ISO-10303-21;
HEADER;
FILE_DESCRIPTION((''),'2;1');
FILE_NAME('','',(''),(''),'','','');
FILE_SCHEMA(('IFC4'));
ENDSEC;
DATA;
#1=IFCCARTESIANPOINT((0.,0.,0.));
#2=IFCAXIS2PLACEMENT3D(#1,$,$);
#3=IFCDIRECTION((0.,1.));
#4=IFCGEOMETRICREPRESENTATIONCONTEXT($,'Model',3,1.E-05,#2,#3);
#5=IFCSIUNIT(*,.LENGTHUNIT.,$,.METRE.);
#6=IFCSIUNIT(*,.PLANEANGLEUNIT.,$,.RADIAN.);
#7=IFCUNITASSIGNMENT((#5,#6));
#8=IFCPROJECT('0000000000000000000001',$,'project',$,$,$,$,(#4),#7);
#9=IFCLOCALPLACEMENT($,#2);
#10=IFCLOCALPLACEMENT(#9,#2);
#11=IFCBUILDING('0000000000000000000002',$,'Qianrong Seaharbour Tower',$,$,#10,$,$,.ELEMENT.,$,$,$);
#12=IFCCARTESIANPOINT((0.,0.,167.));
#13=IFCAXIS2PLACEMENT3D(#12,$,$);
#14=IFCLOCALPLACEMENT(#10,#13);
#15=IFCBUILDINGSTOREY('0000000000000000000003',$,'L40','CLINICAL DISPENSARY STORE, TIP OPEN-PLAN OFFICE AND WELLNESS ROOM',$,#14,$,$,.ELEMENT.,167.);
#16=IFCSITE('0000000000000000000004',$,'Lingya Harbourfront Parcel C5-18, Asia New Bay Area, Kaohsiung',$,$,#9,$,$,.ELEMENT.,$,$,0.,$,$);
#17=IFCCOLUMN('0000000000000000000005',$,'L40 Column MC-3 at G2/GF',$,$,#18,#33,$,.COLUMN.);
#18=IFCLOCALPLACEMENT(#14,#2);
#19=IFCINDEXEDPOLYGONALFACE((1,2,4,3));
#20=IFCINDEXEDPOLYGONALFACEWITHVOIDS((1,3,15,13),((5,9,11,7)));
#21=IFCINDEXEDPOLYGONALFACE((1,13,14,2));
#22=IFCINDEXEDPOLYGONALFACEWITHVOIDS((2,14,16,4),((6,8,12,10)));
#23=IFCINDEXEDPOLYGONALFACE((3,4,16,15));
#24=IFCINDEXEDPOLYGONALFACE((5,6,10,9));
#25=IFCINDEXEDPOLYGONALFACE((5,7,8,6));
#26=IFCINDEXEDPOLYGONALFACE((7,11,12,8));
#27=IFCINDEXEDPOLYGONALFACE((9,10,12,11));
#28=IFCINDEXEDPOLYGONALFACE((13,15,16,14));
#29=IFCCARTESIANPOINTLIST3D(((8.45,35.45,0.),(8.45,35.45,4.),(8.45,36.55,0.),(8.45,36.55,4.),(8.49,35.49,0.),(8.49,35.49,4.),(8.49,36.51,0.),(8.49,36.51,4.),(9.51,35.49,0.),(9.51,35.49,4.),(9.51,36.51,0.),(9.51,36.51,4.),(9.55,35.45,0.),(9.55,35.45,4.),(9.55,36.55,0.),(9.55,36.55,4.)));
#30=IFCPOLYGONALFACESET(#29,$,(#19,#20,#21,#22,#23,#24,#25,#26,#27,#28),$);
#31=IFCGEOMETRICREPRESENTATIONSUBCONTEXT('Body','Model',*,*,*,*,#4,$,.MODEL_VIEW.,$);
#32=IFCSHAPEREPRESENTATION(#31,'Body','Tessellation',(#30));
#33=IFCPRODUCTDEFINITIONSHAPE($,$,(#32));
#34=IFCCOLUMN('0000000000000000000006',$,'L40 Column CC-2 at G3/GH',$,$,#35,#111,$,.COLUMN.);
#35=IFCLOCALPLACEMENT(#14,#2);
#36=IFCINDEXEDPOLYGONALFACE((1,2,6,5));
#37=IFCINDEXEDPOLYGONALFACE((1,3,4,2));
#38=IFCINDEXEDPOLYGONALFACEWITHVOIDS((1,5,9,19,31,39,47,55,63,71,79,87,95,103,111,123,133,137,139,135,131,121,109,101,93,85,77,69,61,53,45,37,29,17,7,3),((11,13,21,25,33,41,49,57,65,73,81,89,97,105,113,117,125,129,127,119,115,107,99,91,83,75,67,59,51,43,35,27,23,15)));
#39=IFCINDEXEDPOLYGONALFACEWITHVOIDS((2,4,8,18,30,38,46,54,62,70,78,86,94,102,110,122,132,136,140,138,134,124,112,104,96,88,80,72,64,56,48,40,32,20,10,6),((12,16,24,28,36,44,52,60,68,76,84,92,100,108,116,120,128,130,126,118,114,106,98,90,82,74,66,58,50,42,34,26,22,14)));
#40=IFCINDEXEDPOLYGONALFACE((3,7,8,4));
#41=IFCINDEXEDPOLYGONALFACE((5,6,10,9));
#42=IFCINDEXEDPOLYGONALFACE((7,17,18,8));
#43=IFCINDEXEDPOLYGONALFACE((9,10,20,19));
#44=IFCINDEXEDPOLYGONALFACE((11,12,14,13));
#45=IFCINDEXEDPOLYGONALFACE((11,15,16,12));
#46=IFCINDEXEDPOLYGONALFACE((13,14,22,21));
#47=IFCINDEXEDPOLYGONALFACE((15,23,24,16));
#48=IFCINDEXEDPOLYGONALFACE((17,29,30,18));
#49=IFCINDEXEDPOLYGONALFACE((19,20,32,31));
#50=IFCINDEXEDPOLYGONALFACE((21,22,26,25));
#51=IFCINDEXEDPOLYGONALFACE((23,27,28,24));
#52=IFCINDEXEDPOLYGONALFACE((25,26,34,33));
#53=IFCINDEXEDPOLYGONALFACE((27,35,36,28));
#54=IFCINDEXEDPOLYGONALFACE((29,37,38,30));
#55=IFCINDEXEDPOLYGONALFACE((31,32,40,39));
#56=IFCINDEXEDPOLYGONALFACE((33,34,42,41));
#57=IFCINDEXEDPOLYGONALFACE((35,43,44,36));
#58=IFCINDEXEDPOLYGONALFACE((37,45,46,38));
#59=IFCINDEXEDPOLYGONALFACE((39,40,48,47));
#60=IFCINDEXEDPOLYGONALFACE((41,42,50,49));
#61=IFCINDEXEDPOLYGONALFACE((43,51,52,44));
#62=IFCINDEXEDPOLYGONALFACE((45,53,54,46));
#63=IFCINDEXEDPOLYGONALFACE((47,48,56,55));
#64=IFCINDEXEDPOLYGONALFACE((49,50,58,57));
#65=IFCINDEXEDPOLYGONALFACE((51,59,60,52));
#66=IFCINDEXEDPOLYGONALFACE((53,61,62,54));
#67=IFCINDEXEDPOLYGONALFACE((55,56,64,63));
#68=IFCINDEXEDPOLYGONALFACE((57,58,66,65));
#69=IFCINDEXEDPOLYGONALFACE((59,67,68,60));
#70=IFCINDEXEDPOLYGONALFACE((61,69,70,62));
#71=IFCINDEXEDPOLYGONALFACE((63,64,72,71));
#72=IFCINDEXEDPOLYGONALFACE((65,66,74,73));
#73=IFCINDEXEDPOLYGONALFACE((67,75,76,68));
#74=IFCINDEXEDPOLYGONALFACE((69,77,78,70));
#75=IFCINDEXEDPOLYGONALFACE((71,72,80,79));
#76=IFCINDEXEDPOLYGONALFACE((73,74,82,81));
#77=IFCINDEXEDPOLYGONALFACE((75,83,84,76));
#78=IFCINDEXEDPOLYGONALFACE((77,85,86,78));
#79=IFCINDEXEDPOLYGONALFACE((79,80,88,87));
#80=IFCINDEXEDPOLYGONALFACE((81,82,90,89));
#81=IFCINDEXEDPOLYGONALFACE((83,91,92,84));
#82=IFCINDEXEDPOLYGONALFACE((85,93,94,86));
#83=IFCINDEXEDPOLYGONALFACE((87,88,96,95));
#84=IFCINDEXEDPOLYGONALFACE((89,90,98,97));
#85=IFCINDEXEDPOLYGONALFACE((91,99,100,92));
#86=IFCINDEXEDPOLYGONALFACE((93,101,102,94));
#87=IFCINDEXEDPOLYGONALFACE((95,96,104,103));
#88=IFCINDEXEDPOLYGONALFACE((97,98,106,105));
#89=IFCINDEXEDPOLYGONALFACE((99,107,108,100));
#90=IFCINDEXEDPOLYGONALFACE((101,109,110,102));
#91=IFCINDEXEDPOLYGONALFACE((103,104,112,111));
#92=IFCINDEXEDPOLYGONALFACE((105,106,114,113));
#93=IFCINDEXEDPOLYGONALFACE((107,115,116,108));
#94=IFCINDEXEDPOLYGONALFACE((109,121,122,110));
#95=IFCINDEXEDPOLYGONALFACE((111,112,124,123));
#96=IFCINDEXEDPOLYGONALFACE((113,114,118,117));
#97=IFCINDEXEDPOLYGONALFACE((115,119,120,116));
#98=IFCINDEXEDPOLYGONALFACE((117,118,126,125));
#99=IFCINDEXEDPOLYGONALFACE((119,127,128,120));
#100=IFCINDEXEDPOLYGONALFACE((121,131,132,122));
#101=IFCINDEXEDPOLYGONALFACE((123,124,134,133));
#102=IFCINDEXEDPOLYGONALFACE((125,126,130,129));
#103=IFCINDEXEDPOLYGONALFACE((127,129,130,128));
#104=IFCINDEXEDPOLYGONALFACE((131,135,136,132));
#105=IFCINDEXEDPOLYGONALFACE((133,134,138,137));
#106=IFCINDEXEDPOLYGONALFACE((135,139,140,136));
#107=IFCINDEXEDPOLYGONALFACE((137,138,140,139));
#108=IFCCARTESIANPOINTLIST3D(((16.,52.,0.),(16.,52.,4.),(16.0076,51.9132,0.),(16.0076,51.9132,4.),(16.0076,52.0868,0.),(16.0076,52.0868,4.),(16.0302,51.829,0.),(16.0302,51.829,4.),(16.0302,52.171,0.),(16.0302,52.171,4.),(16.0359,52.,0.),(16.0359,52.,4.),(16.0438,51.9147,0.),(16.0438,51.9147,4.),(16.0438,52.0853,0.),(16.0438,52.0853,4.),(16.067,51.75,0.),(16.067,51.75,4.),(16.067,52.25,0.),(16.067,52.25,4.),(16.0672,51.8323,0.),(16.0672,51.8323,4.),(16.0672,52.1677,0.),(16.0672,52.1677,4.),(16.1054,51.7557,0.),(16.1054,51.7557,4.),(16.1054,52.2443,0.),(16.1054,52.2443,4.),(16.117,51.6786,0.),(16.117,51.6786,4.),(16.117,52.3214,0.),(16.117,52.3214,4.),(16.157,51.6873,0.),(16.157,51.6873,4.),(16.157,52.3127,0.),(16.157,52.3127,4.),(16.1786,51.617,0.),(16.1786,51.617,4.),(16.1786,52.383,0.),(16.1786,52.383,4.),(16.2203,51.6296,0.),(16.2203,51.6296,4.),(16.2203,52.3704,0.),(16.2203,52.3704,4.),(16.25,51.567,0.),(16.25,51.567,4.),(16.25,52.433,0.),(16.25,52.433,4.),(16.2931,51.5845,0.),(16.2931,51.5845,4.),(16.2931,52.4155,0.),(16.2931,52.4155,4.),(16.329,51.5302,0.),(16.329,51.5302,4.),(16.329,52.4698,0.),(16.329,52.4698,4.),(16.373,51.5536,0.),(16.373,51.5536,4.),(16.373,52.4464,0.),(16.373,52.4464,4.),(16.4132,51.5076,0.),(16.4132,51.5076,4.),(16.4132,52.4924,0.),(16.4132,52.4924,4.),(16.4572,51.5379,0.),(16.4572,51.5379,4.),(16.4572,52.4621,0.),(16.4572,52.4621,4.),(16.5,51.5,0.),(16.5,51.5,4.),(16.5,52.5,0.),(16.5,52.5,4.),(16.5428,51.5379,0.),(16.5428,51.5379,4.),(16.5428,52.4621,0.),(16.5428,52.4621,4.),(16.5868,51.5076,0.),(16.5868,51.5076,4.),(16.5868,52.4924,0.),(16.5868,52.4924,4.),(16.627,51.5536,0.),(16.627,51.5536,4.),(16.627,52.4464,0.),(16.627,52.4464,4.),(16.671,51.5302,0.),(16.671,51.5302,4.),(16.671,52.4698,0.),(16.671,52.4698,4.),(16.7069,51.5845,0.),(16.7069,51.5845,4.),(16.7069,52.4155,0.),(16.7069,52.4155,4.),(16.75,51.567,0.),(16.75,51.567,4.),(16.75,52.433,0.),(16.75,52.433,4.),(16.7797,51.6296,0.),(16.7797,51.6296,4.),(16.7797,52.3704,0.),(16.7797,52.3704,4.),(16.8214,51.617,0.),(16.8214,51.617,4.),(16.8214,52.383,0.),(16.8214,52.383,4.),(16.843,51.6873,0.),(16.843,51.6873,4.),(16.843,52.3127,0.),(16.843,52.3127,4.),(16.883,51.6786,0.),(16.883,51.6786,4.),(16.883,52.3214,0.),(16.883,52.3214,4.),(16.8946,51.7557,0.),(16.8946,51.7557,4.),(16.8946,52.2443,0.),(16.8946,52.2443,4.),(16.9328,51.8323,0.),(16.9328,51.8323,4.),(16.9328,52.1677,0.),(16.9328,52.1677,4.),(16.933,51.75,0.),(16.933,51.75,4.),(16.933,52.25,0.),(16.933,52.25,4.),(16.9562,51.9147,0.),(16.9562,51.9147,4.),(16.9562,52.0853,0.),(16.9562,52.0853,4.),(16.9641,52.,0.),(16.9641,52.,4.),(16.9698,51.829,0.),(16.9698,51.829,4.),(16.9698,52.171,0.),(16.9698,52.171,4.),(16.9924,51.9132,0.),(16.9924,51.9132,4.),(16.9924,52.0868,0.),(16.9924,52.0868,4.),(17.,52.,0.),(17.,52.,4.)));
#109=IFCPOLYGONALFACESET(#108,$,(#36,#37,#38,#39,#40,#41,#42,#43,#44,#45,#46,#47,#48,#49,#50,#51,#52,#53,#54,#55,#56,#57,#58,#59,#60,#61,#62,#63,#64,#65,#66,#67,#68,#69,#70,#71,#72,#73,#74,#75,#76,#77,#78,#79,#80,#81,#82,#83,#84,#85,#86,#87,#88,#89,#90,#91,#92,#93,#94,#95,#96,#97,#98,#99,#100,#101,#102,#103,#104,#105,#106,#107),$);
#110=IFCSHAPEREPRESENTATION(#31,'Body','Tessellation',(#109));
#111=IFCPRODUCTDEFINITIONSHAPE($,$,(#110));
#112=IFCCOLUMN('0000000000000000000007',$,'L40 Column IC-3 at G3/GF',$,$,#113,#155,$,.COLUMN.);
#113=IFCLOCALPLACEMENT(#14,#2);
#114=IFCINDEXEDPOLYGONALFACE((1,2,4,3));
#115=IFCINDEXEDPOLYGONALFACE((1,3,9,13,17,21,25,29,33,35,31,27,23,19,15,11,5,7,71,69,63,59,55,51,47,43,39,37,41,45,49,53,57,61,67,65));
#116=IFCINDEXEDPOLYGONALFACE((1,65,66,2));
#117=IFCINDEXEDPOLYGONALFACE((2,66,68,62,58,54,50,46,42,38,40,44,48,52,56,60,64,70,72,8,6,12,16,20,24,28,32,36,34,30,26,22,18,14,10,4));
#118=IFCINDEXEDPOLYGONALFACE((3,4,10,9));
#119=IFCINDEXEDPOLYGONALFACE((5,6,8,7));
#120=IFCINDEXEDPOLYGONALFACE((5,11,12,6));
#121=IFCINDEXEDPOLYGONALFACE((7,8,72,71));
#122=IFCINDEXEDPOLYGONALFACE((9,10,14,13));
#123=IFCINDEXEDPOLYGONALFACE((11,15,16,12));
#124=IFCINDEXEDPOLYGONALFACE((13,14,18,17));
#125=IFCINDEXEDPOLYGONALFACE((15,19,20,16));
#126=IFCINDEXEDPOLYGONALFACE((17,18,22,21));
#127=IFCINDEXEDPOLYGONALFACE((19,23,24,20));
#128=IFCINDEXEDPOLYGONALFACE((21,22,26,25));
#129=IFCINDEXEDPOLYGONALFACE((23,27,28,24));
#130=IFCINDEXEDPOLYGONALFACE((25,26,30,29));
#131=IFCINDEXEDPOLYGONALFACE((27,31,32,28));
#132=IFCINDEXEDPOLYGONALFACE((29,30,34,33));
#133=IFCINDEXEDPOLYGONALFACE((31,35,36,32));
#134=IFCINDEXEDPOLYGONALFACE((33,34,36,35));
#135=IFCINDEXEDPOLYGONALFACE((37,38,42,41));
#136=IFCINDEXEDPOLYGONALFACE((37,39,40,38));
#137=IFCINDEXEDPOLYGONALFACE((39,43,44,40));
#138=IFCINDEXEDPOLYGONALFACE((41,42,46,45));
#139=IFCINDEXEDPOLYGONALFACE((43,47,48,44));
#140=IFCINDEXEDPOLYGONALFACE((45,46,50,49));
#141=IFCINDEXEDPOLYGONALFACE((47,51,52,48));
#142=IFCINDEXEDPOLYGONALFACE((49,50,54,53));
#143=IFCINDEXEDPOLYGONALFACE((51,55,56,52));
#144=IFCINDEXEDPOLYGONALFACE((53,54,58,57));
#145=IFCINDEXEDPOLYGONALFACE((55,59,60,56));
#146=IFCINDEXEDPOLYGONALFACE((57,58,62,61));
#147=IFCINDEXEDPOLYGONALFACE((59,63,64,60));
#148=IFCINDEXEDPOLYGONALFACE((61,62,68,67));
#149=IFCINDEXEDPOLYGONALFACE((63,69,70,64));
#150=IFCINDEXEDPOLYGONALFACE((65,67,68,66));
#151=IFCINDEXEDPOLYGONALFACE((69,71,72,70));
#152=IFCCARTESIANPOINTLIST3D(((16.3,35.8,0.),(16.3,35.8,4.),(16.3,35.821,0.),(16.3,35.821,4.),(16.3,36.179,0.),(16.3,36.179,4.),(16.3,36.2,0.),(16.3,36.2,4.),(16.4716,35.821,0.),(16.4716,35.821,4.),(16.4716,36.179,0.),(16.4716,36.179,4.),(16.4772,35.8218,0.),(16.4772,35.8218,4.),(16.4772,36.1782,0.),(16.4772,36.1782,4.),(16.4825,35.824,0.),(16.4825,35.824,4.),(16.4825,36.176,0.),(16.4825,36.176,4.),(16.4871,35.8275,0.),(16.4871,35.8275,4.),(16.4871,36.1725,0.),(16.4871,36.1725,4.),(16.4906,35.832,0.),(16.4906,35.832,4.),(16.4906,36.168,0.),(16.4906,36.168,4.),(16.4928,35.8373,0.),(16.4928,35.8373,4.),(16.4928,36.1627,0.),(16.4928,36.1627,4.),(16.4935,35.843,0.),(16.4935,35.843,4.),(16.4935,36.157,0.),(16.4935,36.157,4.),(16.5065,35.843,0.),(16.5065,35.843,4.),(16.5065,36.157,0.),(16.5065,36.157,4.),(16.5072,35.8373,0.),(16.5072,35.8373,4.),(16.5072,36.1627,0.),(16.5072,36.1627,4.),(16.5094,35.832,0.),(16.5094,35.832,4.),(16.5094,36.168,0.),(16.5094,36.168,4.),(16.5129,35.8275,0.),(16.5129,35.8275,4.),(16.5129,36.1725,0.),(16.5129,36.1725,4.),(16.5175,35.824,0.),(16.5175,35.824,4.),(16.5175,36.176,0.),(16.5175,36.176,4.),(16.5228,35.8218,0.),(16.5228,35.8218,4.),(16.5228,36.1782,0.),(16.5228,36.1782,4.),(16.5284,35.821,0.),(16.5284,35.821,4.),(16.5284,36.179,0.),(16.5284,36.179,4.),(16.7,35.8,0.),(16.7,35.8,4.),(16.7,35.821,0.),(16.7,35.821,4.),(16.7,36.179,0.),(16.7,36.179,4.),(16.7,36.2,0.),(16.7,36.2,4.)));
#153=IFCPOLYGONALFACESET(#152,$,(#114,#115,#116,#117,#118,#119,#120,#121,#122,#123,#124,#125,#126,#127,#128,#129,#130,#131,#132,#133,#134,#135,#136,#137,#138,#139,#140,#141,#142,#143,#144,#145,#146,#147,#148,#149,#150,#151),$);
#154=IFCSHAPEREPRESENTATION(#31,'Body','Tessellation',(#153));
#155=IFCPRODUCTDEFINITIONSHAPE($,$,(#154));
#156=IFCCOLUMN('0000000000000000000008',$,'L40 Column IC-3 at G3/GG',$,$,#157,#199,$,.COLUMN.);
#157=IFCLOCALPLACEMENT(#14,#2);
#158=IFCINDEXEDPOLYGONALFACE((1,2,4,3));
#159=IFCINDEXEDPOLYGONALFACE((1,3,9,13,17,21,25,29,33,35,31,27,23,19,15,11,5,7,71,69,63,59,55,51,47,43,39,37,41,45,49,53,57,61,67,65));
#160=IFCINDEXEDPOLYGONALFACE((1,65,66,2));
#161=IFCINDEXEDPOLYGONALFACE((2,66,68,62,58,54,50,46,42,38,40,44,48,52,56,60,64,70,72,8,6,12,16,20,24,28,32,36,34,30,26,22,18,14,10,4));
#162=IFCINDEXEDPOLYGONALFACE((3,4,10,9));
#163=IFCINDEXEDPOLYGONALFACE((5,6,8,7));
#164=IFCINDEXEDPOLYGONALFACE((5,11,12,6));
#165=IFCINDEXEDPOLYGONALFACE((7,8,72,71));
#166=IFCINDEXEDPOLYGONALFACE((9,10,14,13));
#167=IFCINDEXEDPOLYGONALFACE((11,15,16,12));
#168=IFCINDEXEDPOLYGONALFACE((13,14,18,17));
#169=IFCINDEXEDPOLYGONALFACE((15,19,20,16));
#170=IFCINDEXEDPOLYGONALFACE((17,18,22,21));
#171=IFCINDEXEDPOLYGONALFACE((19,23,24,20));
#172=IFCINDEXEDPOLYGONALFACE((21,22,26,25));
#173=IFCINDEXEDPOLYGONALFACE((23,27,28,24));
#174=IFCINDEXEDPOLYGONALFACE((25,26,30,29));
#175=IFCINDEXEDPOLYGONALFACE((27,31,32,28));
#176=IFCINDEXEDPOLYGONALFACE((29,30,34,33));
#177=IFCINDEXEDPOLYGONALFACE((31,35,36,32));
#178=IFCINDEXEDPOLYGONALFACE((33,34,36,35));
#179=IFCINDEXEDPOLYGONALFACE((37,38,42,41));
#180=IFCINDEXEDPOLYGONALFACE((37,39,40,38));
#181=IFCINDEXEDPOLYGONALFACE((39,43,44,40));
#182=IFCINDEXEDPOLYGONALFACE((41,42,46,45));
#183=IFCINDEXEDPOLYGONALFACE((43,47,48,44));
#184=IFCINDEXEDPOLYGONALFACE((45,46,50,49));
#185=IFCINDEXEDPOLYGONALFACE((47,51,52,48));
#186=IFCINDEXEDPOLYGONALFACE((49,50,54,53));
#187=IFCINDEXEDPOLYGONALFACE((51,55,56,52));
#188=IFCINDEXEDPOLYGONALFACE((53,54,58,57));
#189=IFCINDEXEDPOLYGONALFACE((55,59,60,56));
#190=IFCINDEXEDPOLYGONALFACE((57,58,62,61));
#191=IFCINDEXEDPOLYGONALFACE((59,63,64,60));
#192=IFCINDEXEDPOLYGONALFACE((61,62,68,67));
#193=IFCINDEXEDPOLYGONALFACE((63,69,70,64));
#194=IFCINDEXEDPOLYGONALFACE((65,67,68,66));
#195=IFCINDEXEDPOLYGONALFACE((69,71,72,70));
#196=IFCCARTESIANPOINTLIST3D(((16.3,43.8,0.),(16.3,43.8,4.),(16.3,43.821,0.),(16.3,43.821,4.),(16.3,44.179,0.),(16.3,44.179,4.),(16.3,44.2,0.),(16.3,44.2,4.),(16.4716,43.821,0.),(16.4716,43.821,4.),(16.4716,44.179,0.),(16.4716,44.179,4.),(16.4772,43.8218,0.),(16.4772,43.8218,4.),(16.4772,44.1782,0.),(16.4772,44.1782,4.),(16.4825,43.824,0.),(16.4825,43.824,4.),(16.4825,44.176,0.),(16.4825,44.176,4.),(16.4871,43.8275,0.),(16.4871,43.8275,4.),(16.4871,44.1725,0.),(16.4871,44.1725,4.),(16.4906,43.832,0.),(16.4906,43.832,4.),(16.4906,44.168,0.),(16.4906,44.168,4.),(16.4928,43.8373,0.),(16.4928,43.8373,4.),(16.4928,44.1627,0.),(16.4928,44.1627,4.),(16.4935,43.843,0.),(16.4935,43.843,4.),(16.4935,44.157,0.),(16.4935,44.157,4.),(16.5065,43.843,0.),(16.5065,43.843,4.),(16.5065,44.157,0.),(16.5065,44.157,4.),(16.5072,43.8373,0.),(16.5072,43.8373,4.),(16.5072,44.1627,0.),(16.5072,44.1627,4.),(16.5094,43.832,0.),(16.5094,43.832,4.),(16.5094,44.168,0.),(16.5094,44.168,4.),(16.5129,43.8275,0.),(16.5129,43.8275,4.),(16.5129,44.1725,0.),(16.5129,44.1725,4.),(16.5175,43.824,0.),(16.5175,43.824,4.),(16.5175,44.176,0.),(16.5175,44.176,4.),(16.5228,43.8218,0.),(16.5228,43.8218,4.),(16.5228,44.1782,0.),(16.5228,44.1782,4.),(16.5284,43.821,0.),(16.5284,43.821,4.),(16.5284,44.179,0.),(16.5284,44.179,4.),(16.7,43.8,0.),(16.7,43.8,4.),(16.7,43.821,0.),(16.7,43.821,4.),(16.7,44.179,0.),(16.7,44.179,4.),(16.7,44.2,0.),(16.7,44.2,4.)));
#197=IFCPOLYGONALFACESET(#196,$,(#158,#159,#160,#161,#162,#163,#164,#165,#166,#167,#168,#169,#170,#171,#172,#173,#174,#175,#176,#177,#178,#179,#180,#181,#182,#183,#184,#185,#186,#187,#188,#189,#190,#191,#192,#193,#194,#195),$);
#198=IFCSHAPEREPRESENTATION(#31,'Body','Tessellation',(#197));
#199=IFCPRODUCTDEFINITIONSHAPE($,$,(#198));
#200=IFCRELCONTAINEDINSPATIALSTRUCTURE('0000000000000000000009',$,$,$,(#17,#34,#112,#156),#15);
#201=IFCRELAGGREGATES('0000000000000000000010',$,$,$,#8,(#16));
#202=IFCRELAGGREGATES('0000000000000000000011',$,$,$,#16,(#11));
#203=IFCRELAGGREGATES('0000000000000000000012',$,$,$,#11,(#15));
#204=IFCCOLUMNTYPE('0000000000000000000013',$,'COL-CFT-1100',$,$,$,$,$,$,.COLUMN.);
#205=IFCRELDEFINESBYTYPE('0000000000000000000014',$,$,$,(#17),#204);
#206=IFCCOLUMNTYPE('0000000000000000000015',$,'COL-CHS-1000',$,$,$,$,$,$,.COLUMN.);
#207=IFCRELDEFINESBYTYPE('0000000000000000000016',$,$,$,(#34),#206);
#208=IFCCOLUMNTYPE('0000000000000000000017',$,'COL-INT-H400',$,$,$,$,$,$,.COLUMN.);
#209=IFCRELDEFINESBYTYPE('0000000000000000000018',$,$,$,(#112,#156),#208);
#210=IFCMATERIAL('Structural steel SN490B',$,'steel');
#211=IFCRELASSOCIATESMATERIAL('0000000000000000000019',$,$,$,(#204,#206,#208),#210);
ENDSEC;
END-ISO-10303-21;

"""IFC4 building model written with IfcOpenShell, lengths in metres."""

from ifc_helpers import new_model, si_unit, direction, frame, origin, origin_2d, place, context, subcontext, project, spatial, hollow_rectangle, hollow_circle, i_section, extrude, material, material_profile, profile_set, type_object, element, save


model = new_model("IFC4")

# Units and contexts
model_context = context("Model", 3, precision=1e-05, world=origin(), true_north=direction((0.0, 1.0)))
body_context = subcontext(model_context, "Body", "Model", "MODEL_VIEW")
ifc_project = project(units=[si_unit("LENGTHUNIT", "METRE"), si_unit("PLANEANGLEUNIT", "RADIAN")], contexts=[model_context])

# Site, building, storey
site_placement = place(None, origin())
site = spatial("IfcSite", under=ifc_project, at=site_placement, Name="Lingya Harbourfront Parcel C5-18, Asia New Bay Area, Kaohsiung", CompositionType="ELEMENT", RefElevation=0.0)
building_placement = place(site_placement, origin())
building = spatial("IfcBuilding", under=site, at=building_placement, Name="Qianrong Seaharbour Tower", CompositionType="ELEMENT")
storey_placement = place(building_placement, frame((0.0, 0.0, 167.0)))
storey = spatial("IfcBuildingStorey", under=building, at=storey_placement, Name="L40", Description="CLINICAL DISPENSARY STORE, TIP OPEN-PLAN OFFICE AND WELLNESS ROOM", CompositionType="ELEMENT", Elevation=167.0)

# Columns
ifc_material_1 = material(Name="Structural steel SN490B", Category="steel")
ifc_material_profile_1 = material_profile(ifc_material_1, hollow_rectangle(XDim=1.1001, YDim=1.1001, WallThickness=0.04, at=origin_2d()), Name="BOX1100x1100x40")
ifc_profile_set_1 = profile_set([ifc_material_profile_1], Name="Structural steel SN490B")
column_type_1 = type_object("IfcColumnType", Name="COL-CFT-1100", PredefinedType="COLUMN", material=ifc_profile_set_1)
column_1_placement = place(storey_placement, frame((9.0, 36.0, 0.0), z_axis=(0.0, 0.0, 1.0), x_axis=(1.0, 0.0, 0.0)))
element("IfcColumn", 1, at=column_1_placement, inside=storey, type_object=column_type_1, Name="L40 Column MC-3 at G2/GF", PredefinedType="COLUMN", context=body_context, shape_type="SweptSolid", body=[
    extrude(hollow_rectangle(XDim=1.1001, YDim=1.1001, WallThickness=0.04, at=origin_2d()), origin(), (0.0, 0.0, 1.0), 4.0),
])
ifc_material_profile_2 = material_profile(ifc_material_1, hollow_circle(Radius=0.5, WallThickness=0.0359, at=origin_2d()), Name="CHS1000x36")
ifc_profile_set_2 = profile_set([ifc_material_profile_2], Name="Structural steel SN490B")
column_type_2 = type_object("IfcColumnType", Name="COL-CHS-1000", PredefinedType="COLUMN", material=ifc_profile_set_2)
column_2_placement = place(storey_placement, frame((16.5, 52.0, 0.0), z_axis=(0.0, 0.0, 1.0), x_axis=(1.0, 0.0, 0.0)))
element("IfcColumn", 2, at=column_2_placement, inside=storey, type_object=column_type_2, Name="L40 Column CC-2 at G3/GH", PredefinedType="COLUMN", context=body_context, shape_type="SweptSolid", body=[
    extrude(hollow_circle(Radius=0.5, WallThickness=0.0359, at=origin_2d()), origin(), (0.0, 0.0, 1.0), 4.0),
])
ifc_material_profile_3 = material_profile(ifc_material_1, i_section(OverallWidth=0.3999, OverallDepth=0.3999, WebThickness=0.0129, FlangeThickness=0.021, FilletRadius=0.022, at=origin_2d()), Name="H400x400x13x21")
ifc_profile_set_3 = profile_set([ifc_material_profile_3], Name="Structural steel SN490B")
column_type_3 = type_object("IfcColumnType", Name="COL-INT-H400", PredefinedType="COLUMN", material=ifc_profile_set_3)
for number, where, z_axis, x_axis, name in (
    (3, (16.5, 36.0, 0.0), (0.0, 0.0, 1.0), (1.0, 0.0, 0.0), "L40 Column IC-3 at G3/GF"),
    (4, (16.5, 44.0, 0.0), (0.0, 0.0, 1.0), (1.0, 0.0, 0.0), "L40 Column IC-3 at G3/GG"),
):
    element("IfcColumn", number, at=place(storey_placement, frame(where, z_axis=z_axis, x_axis=x_axis)), inside=storey, type_object=column_type_3, Name=name, PredefinedType="COLUMN", context=body_context, shape_type="SweptSolid", body=[
        extrude(i_section(OverallWidth=0.3999, OverallDepth=0.3999, WebThickness=0.0129, FlangeThickness=0.021, FilletRadius=0.022, at=origin_2d()), origin(), (0.0, 0.0, 1.0), 4.0),
    ])

save(model, "model.ifc")
